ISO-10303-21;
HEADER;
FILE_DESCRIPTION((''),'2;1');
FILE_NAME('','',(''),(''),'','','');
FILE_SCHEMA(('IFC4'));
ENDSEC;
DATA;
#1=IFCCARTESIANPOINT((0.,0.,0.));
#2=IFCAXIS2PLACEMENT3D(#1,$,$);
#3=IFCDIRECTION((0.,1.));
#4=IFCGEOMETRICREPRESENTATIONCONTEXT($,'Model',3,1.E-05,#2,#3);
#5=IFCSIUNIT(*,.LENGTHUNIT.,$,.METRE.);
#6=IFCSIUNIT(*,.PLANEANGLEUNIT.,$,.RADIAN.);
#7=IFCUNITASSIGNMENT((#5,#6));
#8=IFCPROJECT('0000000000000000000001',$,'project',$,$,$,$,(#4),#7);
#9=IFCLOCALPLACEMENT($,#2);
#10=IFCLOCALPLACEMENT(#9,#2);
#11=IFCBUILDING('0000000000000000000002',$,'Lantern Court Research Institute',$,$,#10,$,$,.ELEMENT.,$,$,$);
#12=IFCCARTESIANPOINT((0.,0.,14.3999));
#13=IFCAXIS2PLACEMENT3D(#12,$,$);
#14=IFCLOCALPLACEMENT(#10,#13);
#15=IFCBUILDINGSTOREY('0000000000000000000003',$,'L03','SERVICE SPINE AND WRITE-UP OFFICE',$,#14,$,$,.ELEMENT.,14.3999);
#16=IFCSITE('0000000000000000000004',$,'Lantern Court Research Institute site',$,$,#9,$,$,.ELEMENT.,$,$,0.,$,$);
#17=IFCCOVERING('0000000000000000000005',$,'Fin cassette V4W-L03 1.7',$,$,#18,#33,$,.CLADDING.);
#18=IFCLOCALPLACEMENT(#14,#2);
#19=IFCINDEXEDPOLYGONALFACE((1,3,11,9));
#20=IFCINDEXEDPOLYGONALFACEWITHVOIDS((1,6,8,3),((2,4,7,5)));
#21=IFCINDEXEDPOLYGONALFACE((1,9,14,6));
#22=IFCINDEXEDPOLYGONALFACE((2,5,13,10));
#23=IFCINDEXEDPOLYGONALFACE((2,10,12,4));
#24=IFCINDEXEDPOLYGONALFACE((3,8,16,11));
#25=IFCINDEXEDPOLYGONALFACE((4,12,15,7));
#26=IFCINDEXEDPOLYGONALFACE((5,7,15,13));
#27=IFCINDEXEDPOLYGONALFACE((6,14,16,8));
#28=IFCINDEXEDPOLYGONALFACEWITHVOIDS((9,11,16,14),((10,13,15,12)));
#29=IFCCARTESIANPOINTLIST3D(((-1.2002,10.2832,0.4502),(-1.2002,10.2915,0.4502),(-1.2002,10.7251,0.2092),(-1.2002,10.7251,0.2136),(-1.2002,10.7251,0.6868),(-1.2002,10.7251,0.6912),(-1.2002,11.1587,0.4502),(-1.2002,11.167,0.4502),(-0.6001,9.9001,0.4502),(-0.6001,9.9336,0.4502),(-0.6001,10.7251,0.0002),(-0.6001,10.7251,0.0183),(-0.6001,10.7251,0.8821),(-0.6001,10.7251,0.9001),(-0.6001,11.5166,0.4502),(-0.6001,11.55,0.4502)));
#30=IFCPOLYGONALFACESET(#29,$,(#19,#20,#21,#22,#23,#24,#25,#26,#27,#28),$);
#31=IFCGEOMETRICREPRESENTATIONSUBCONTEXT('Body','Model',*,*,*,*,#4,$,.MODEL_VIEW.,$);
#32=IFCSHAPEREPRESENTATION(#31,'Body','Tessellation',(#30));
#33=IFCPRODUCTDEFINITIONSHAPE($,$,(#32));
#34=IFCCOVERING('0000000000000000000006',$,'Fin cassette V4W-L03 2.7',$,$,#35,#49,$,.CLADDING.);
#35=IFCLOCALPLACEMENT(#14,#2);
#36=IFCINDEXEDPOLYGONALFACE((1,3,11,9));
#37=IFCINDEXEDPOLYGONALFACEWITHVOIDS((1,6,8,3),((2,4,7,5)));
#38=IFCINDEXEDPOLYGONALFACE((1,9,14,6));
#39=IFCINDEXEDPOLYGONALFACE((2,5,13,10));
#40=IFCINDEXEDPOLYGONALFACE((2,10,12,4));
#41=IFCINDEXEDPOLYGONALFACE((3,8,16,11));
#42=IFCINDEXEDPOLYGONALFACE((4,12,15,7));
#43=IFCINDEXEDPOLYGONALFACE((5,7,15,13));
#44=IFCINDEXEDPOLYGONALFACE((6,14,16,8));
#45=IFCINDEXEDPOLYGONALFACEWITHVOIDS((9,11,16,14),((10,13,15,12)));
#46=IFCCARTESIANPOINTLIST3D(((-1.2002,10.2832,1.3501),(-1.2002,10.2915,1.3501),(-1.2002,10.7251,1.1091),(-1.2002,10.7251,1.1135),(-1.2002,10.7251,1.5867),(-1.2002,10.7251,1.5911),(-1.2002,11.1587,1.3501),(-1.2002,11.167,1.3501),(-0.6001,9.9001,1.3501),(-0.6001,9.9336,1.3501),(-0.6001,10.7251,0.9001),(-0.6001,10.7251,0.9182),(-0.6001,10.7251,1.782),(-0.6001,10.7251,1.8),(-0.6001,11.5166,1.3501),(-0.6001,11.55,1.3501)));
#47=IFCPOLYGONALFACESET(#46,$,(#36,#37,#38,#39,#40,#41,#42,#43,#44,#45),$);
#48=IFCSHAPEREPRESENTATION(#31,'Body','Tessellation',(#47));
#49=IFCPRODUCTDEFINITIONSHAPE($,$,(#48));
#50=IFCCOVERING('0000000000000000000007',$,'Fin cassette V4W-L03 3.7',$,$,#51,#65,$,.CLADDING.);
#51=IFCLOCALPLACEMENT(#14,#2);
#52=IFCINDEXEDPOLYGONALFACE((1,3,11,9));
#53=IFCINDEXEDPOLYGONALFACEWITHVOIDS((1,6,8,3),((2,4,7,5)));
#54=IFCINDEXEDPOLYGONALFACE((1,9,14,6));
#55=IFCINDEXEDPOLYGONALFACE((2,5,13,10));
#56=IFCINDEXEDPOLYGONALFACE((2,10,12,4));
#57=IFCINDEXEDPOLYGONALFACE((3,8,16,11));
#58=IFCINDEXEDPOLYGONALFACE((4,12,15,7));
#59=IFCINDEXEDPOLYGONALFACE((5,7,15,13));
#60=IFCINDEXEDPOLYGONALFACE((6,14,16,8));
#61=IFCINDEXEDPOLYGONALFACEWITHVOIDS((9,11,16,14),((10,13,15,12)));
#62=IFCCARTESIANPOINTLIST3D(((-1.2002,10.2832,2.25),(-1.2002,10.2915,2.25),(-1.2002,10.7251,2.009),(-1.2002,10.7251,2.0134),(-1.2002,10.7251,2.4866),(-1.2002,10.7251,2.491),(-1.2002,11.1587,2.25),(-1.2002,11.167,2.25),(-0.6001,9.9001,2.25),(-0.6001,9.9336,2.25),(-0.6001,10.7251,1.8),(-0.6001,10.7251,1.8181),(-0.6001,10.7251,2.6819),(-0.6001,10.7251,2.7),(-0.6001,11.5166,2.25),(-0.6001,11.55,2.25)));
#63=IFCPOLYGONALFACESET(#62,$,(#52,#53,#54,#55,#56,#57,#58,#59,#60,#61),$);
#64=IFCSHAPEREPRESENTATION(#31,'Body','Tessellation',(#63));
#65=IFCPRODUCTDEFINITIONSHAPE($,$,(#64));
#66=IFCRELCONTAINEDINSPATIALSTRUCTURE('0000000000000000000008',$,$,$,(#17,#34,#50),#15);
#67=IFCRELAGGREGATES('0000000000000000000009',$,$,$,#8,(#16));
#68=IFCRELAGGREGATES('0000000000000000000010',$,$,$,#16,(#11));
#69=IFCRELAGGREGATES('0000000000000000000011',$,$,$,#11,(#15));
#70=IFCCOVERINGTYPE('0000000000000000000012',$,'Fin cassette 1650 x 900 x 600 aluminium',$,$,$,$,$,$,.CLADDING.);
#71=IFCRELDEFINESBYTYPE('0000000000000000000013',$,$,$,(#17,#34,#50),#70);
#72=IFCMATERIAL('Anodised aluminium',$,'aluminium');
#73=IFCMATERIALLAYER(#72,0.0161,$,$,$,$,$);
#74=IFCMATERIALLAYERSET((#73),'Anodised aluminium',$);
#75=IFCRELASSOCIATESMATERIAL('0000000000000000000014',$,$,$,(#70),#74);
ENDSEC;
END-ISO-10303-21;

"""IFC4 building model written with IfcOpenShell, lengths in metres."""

from ifc_helpers import new_model, entity, si_unit, direction, frame, origin, place, context, subcontext, project, spatial, material, layer, layer_set, type_object, element, save


model = new_model("IFC4")

# Units and contexts
model_context = context("Model", 3, precision=1e-05, world=origin(), true_north=direction((0.0, 1.0)))
body_context = subcontext(model_context, "Body", "Model", "MODEL_VIEW")
ifc_project = project(units=[si_unit("LENGTHUNIT", "METRE"), si_unit("PLANEANGLEUNIT", "RADIAN")], contexts=[model_context])

# Site, building, storey
site_placement = place(None, origin())
site = spatial("IfcSite", under=ifc_project, at=site_placement, Name="Lantern Court Research Institute site", CompositionType="ELEMENT", RefElevation=0.0)
building_placement = place(site_placement, origin())
building = spatial("IfcBuilding", under=site, at=building_placement, Name="Lantern Court Research Institute", CompositionType="ELEMENT")
storey_placement = place(building_placement, frame((0.0, 0.0, 14.3999)))
storey = spatial("IfcBuildingStorey", under=building, at=storey_placement, Name="L03", Description="SERVICE SPINE AND WRITE-UP OFFICE", CompositionType="ELEMENT", Elevation=14.3999)

# Coverings
ifc_material_1 = material(Name="Anodised aluminium", Category="aluminium")
ifc_layer_1 = layer(ifc_material_1, 0.0161)
ifc_layer_set_1 = layer_set([ifc_layer_1], Name="Anodised aluminium")
covering_type = type_object("IfcCoveringType", Name="Fin cassette 1650 x 900 x 600 aluminium", PredefinedType="CLADDING", material=ifc_layer_set_1)
covering_1_placement = place(storey_placement, frame((-0.6001, 10.7251, 0.4502), z_axis=(-1.0, 0.0, 0.0), x_axis=(0.0, -1.0, 0.0)))
cartesian_point_1 = entity("IfcCartesianPoint", [0.825, 0.0])
cartesian_point_2 = entity("IfcCartesianPoint", [0.7915, 0.0])
cartesian_point_3 = entity("IfcCartesianPoint", [0.4419, 0.0])
cartesian_point_4 = entity("IfcCartesianPoint", [0.4336, 0.0])
element("IfcCovering", 1, at=covering_1_placement, inside=storey, type_object=covering_type, Name="Fin cassette V4W-L03 1.7", PredefinedType="CLADDING", context=body_context, shape_type="SweptSolid", body=[
    entity("IfcExtrudedAreaSolidTapered", entity("IfcArbitraryProfileDefWithVoids", "AREA", None, entity("IfcPolyline", [cartesian_point_1, entity("IfcCartesianPoint", [0.0, 0.45]), entity("IfcCartesianPoint", [-0.825, 0.0]), entity("IfcCartesianPoint", [0.0, -0.45]), cartesian_point_1]), [entity("IfcPolyline", [cartesian_point_2, entity("IfcCartesianPoint", [0.0, 0.4319]), entity("IfcCartesianPoint", [-0.7915, 0.0]), entity("IfcCartesianPoint", [0.0, -0.4319]), cartesian_point_2])]), entity("IfcAxis2Placement3D", entity("IfcCartesianPoint", [0.0, 0.0, 0.0])), entity("IfcDirection", [0.0, 0.0, 1.0]), 0.6001, entity("IfcArbitraryProfileDefWithVoids", "AREA", None, entity("IfcPolyline", [cartesian_point_3, entity("IfcCartesianPoint", [0.0, 0.241]), entity("IfcCartesianPoint", [-0.4419, 0.0]), entity("IfcCartesianPoint", [0.0, -0.241]), cartesian_point_3]), [entity("IfcPolyline", [cartesian_point_4, entity("IfcCartesianPoint", [0.0, 0.2366]), entity("IfcCartesianPoint", [-0.4336, 0.0]), entity("IfcCartesianPoint", [0.0, -0.2366]), cartesian_point_4])])),
])
covering_2_placement = place(storey_placement, frame((-0.6001, 10.7251, 1.3501), z_axis=(-1.0, 0.0, 0.0), x_axis=(0.0, -1.0, 0.0)))
cartesian_point_5 = entity("IfcCartesianPoint", [0.825, 0.0])
cartesian_point_6 = entity("IfcCartesianPoint", [0.7915, 0.0])
cartesian_point_7 = entity("IfcCartesianPoint", [0.4419, 0.0])
cartesian_point_8 = entity("IfcCartesianPoint", [0.4336, 0.0])
element("IfcCovering", 2, at=covering_2_placement, inside=storey, type_object=covering_type, Name="Fin cassette V4W-L03 2.7", PredefinedType="CLADDING", context=body_context, shape_type="SweptSolid", body=[
    entity("IfcExtrudedAreaSolidTapered", entity("IfcArbitraryProfileDefWithVoids", "AREA", None, entity("IfcPolyline", [cartesian_point_5, entity("IfcCartesianPoint", [0.0, 0.45]), entity("IfcCartesianPoint", [-0.825, 0.0]), entity("IfcCartesianPoint", [0.0, -0.45]), cartesian_point_5]), [entity("IfcPolyline", [cartesian_point_6, entity("IfcCartesianPoint", [0.0, 0.4319]), entity("IfcCartesianPoint", [-0.7915, 0.0]), entity("IfcCartesianPoint", [0.0, -0.4319]), cartesian_point_6])]), entity("IfcAxis2Placement3D", entity("IfcCartesianPoint", [0.0, 0.0, 0.0])), entity("IfcDirection", [0.0, 0.0, 1.0]), 0.6001, entity("IfcArbitraryProfileDefWithVoids", "AREA", None, entity("IfcPolyline", [cartesian_point_7, entity("IfcCartesianPoint", [0.0, 0.241]), entity("IfcCartesianPoint", [-0.4419, 0.0]), entity("IfcCartesianPoint", [0.0, -0.241]), cartesian_point_7]), [entity("IfcPolyline", [cartesian_point_8, entity("IfcCartesianPoint", [0.0, 0.2366]), entity("IfcCartesianPoint", [-0.4336, 0.0]), entity("IfcCartesianPoint", [0.0, -0.2366]), cartesian_point_8])])),
])
covering_3_placement = place(storey_placement, frame((-0.6001, 10.7251, 2.25), z_axis=(-1.0, 0.0, 0.0), x_axis=(0.0, -1.0, 0.0)))
cartesian_point_9 = entity("IfcCartesianPoint", [0.825, 0.0])
cartesian_point_10 = entity("IfcCartesianPoint", [0.7915, 0.0])
cartesian_point_11 = entity("IfcCartesianPoint", [0.4419, 0.0])
cartesian_point_12 = entity("IfcCartesianPoint", [0.4336, 0.0])
element("IfcCovering", 3, at=covering_3_placement, inside=storey, type_object=covering_type, Name="Fin cassette V4W-L03 3.7", PredefinedType="CLADDING", context=body_context, shape_type="SweptSolid", body=[
    entity("IfcExtrudedAreaSolidTapered", entity("IfcArbitraryProfileDefWithVoids", "AREA", None, entity("IfcPolyline", [cartesian_point_9, entity("IfcCartesianPoint", [0.0, 0.45]), entity("IfcCartesianPoint", [-0.825, 0.0]), entity("IfcCartesianPoint", [0.0, -0.45]), cartesian_point_9]), [entity("IfcPolyline", [cartesian_point_10, entity("IfcCartesianPoint", [0.0, 0.4319]), entity("IfcCartesianPoint", [-0.7915, 0.0]), entity("IfcCartesianPoint", [0.0, -0.4319]), cartesian_point_10])]), entity("IfcAxis2Placement3D", entity("IfcCartesianPoint", [0.0, 0.0, 0.0])), entity("IfcDirection", [0.0, 0.0, 1.0]), 0.6001, entity("IfcArbitraryProfileDefWithVoids", "AREA", None, entity("IfcPolyline", [cartesian_point_11, entity("IfcCartesianPoint", [0.0, 0.241]), entity("IfcCartesianPoint", [-0.4419, 0.0]), entity("IfcCartesianPoint", [0.0, -0.241]), cartesian_point_11]), [entity("IfcPolyline", [cartesian_point_12, entity("IfcCartesianPoint", [0.0, 0.2366]), entity("IfcCartesianPoint", [-0.4336, 0.0]), entity("IfcCartesianPoint", [0.0, -0.2366]), cartesian_point_12])])),
])

save(model, "model.ifc")
